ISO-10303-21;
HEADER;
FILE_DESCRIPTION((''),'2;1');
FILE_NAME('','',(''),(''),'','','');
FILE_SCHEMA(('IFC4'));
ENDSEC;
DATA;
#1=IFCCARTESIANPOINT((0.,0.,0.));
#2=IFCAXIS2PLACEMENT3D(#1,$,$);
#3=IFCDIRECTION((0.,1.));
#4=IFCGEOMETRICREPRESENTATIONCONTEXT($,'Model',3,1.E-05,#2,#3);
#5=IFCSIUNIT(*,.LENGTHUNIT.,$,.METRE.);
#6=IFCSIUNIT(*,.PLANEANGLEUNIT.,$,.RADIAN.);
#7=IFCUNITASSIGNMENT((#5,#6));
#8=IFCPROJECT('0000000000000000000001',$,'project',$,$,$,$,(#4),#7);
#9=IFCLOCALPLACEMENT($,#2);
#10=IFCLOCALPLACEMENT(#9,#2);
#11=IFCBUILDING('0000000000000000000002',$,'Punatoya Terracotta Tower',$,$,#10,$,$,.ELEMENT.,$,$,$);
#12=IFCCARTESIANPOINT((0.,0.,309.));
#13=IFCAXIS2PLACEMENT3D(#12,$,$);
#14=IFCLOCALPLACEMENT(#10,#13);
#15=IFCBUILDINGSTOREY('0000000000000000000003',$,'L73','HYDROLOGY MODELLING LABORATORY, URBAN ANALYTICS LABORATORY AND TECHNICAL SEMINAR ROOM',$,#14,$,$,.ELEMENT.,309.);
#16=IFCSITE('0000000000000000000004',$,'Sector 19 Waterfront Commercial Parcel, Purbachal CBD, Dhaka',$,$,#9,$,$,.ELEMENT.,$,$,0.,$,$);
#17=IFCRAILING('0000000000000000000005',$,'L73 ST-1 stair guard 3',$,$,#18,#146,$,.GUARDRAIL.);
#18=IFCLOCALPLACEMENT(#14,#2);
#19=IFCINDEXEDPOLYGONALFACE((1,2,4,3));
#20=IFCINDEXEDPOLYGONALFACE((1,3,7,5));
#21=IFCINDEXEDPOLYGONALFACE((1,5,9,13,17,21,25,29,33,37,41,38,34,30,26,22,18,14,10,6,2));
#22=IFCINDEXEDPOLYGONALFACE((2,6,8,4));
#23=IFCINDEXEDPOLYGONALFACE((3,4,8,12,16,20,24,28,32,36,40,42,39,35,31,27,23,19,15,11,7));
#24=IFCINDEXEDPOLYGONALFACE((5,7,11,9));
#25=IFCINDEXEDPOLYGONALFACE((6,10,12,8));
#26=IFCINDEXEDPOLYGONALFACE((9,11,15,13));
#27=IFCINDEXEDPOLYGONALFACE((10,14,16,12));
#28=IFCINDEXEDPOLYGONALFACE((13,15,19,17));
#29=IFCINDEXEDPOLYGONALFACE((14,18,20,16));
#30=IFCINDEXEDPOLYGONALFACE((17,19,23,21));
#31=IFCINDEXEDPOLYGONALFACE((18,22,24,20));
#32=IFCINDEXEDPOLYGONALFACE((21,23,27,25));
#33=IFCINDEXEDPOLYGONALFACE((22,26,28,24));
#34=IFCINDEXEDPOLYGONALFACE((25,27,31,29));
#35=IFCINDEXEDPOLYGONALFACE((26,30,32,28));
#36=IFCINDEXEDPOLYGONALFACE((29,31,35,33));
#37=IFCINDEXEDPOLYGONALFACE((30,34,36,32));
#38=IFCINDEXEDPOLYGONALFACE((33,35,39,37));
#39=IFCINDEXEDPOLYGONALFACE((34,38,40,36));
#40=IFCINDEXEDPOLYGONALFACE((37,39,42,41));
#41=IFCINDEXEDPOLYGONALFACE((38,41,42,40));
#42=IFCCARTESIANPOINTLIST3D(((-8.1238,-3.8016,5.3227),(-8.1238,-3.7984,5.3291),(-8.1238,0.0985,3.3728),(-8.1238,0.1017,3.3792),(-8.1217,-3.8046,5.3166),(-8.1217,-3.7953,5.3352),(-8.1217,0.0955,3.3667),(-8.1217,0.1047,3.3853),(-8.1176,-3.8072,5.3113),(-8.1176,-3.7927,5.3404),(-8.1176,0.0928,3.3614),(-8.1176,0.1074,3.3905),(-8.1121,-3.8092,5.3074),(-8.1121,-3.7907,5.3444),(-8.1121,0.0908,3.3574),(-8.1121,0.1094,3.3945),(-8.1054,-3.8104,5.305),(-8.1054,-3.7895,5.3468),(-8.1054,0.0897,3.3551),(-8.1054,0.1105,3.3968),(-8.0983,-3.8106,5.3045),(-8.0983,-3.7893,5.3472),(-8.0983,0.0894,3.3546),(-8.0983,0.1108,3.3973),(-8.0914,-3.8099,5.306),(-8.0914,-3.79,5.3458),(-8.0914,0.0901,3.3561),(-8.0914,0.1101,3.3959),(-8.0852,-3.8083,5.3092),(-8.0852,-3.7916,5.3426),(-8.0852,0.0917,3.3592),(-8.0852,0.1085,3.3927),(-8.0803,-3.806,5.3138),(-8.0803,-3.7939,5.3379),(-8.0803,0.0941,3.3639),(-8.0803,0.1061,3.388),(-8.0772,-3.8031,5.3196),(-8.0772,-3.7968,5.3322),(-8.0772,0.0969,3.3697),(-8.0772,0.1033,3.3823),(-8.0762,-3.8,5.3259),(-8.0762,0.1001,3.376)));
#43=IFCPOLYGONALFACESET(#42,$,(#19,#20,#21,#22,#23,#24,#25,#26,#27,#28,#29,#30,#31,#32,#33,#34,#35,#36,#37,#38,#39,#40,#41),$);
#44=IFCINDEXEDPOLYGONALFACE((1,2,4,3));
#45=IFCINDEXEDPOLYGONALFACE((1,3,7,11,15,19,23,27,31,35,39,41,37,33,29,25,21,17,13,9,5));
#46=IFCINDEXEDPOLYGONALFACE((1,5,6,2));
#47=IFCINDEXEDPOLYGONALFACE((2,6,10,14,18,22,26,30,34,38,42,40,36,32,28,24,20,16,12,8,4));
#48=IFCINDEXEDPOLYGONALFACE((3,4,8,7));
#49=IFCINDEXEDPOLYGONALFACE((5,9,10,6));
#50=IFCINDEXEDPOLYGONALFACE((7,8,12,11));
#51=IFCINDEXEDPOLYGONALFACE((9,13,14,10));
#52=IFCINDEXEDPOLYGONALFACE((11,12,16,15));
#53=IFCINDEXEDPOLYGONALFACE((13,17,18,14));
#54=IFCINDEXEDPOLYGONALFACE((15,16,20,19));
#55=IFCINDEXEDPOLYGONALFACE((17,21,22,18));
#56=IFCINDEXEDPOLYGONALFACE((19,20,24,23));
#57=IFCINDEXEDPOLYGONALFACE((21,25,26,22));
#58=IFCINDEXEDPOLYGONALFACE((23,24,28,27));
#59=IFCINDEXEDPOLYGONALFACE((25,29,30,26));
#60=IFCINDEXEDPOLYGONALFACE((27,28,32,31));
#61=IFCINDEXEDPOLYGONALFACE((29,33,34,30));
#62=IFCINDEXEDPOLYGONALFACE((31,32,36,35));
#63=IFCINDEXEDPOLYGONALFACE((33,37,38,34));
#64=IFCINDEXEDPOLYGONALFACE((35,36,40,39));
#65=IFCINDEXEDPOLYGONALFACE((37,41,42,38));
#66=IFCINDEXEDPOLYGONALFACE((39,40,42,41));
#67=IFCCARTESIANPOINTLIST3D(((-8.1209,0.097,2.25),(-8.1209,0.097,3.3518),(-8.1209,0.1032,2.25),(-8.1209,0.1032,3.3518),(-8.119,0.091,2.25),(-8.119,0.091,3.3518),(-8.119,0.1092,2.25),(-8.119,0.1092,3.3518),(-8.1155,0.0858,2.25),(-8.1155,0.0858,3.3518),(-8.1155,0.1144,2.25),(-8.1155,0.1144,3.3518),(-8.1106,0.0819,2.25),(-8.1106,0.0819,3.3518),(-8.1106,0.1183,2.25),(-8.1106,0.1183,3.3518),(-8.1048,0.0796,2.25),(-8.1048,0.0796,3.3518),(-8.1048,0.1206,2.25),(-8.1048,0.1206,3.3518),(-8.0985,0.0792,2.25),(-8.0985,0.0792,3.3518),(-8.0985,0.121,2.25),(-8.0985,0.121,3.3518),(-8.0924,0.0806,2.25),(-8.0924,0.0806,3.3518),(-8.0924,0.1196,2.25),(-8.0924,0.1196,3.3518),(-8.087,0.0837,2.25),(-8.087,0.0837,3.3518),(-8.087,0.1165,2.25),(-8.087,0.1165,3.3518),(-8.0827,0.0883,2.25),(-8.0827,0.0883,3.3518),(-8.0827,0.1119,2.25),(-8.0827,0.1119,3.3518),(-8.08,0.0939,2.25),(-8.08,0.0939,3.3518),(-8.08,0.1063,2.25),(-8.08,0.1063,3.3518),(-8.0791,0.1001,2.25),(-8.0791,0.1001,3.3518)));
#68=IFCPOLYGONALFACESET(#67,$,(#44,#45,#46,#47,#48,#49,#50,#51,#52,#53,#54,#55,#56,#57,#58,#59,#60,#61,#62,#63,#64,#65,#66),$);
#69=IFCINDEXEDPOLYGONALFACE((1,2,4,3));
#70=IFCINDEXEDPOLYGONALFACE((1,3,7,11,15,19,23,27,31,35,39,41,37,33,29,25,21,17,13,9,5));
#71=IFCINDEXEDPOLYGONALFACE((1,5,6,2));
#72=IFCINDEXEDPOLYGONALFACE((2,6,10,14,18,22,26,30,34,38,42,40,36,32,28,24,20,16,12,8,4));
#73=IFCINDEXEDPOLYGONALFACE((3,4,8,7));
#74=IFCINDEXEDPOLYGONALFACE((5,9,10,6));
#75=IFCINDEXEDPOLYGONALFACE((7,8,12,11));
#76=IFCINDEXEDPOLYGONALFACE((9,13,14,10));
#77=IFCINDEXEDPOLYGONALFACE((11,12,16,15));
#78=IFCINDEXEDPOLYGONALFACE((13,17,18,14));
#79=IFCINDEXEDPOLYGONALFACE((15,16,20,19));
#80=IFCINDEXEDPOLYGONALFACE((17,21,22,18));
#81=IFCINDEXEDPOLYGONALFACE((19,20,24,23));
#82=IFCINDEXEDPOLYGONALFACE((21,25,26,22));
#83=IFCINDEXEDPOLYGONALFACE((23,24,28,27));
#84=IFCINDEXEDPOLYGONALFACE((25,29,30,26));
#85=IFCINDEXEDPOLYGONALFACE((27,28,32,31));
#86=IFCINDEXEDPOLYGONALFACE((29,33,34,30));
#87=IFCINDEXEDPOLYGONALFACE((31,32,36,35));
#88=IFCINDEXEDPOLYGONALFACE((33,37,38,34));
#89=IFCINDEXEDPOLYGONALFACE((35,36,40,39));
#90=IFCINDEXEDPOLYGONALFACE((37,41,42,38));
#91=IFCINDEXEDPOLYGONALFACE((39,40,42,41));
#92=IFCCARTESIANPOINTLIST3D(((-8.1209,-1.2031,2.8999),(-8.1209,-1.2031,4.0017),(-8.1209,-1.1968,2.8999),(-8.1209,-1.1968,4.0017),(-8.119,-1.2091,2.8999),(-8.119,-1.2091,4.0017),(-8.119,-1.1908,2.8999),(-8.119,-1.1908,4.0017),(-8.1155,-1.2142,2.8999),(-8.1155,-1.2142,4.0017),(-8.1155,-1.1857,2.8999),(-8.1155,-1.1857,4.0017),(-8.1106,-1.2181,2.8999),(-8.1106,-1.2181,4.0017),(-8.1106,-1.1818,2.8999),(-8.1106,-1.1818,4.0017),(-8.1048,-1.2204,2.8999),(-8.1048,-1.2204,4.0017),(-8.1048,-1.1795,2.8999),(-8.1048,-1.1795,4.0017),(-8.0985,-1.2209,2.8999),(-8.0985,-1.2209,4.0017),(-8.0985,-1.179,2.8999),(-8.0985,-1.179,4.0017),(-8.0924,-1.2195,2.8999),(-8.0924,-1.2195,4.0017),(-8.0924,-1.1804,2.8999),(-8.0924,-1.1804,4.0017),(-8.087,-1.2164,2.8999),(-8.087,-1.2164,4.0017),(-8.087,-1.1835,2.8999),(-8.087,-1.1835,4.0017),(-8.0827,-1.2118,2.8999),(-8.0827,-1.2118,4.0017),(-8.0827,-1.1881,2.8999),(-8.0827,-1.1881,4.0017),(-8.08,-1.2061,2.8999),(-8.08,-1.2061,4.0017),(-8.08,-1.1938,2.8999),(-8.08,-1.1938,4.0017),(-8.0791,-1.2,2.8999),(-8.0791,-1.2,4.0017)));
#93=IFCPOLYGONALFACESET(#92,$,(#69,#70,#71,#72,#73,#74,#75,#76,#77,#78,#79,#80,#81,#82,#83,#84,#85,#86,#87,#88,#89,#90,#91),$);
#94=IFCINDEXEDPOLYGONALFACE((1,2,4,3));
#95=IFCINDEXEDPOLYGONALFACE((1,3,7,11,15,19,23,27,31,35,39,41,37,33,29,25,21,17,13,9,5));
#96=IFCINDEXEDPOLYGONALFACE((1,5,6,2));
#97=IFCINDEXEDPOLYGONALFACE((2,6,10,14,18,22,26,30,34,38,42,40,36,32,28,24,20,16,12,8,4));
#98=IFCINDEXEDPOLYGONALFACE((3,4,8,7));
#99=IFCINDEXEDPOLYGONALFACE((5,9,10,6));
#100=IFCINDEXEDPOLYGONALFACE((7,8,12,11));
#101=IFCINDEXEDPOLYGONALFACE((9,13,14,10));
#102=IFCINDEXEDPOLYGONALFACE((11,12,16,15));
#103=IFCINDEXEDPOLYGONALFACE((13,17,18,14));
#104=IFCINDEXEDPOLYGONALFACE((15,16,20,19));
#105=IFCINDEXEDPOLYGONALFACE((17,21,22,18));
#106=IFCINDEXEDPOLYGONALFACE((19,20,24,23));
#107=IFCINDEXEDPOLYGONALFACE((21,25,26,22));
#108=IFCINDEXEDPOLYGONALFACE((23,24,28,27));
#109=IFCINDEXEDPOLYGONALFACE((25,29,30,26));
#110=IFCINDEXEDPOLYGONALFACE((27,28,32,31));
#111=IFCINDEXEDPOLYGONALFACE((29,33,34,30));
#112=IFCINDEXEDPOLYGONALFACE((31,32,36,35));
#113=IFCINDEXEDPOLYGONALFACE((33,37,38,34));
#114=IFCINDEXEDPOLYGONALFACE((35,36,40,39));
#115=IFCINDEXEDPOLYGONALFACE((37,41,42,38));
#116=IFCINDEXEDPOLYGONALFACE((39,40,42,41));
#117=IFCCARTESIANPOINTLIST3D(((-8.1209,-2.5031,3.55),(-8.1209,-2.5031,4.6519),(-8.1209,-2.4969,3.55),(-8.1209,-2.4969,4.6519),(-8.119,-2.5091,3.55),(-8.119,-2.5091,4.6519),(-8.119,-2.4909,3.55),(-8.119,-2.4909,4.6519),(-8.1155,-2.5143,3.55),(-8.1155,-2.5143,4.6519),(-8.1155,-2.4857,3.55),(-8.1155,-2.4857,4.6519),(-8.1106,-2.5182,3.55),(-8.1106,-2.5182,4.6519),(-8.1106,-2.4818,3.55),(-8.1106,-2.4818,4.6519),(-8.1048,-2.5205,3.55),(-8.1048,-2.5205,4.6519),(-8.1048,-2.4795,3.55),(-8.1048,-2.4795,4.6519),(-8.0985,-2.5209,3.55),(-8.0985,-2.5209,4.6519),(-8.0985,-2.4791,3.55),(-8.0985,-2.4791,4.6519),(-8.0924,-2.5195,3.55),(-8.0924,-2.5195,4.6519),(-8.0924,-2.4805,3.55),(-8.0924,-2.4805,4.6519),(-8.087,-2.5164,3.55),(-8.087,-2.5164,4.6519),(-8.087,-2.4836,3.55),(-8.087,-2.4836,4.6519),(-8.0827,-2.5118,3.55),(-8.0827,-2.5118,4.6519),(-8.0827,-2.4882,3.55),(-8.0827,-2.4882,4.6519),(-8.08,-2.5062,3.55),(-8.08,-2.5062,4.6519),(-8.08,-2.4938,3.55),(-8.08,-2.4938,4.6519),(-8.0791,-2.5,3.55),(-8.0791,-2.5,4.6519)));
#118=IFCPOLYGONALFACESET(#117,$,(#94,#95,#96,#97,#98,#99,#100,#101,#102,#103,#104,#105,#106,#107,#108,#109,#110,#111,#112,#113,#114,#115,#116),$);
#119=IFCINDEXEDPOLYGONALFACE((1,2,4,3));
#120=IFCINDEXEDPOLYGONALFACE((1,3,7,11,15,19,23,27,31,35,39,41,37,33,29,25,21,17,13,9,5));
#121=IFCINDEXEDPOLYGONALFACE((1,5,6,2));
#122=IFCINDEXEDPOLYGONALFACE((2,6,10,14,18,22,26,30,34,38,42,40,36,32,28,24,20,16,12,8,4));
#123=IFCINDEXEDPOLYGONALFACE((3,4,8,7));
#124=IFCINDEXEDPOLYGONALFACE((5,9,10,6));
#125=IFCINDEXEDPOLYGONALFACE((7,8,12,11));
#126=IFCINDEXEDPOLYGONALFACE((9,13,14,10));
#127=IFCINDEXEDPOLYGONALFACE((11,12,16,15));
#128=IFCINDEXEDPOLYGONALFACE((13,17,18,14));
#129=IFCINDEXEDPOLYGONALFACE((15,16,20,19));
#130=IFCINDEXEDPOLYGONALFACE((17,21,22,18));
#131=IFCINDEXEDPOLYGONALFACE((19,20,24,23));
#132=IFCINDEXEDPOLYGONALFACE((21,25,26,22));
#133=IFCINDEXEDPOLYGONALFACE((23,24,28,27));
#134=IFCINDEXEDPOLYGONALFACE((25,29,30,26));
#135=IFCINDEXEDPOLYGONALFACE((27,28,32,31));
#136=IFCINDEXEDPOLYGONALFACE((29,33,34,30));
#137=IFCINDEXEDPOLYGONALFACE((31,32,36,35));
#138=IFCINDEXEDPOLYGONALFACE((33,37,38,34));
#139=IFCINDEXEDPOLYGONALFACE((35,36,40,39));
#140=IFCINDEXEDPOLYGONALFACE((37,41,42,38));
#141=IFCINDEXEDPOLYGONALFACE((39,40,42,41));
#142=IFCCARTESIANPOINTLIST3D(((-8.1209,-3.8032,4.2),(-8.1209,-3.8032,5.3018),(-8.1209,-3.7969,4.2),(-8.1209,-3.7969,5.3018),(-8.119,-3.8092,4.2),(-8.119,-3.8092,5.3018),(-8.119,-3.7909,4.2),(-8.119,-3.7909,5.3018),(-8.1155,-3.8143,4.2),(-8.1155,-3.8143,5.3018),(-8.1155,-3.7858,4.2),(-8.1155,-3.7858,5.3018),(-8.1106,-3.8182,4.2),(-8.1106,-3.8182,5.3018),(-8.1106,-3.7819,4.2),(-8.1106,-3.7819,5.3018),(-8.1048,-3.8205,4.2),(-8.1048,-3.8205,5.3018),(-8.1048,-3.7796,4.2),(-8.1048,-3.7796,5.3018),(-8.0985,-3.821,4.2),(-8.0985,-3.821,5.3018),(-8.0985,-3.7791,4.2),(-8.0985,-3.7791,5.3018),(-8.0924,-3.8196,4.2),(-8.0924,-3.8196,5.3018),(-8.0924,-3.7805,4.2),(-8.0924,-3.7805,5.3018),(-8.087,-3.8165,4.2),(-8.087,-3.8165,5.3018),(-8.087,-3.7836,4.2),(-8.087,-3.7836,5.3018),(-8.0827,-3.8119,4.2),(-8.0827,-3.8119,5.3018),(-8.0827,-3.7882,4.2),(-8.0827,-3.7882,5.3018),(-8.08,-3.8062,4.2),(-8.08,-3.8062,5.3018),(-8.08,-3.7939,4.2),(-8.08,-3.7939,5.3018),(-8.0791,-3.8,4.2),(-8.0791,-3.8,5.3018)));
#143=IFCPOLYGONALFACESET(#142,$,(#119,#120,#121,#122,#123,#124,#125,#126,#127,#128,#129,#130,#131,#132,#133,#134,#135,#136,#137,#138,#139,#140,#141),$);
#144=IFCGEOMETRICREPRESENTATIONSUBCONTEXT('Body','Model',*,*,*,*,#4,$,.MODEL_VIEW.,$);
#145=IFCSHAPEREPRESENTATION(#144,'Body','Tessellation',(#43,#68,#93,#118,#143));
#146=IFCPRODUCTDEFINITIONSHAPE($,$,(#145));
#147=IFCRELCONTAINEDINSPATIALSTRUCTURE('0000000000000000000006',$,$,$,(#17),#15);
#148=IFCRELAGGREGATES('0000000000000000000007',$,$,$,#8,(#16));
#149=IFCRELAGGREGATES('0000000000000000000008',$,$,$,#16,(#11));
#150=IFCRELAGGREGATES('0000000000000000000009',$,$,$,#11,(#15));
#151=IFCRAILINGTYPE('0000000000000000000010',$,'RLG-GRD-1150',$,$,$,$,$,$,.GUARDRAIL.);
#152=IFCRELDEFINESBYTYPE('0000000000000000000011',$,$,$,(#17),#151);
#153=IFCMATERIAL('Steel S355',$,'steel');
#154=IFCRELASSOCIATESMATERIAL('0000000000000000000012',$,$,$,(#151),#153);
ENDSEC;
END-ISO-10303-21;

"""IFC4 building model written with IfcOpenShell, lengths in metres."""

from ifc_helpers import new_model, si_unit, direction, frame, origin, origin_2d, place, context, subcontext, project, spatial, circle, extrude, material, type_object, element, save


model = new_model("IFC4")

# Units and contexts
model_context = context("Model", 3, precision=1e-05, world=origin(), true_north=direction((0.0, 1.0)))
body_context = subcontext(model_context, "Body", "Model", "MODEL_VIEW")
ifc_project = project(units=[si_unit("LENGTHUNIT", "METRE"), si_unit("PLANEANGLEUNIT", "RADIAN")], contexts=[model_context])

# Site, building, storey
site_placement = place(None, origin())
site = spatial("IfcSite", under=ifc_project, at=site_placement, Name="Sector 19 Waterfront Commercial Parcel, Purbachal CBD, Dhaka", CompositionType="ELEMENT", RefElevation=0.0)
building_placement = place(site_placement, origin())
building = spatial("IfcBuilding", under=site, at=building_placement, Name="Punatoya Terracotta Tower", CompositionType="ELEMENT")
storey_placement = place(building_placement, frame((0.0, 0.0, 309.0)))
storey = spatial("IfcBuildingStorey", under=building, at=storey_placement, Name="L73", Description="HYDROLOGY MODELLING LABORATORY, URBAN ANALYTICS LABORATORY AND TECHNICAL SEMINAR ROOM", CompositionType="ELEMENT", Elevation=309.0)

# Shared definitions
ifc_material_1 = material(Name="Steel S355", Category="steel")

# Railing
railing_type_1 = type_object("IfcRailingType", Name="RLG-GRD-1150", PredefinedType="GUARDRAIL", material=ifc_material_1)
railing_1_placement = place(storey_placement, frame((-8.1001, 0.1001, 2.25)))
element("IfcRailing", 1, at=railing_1_placement, inside=storey, type_object=railing_type_1, Name="L73 ST-1 stair guard 3", PredefinedType="GUARDRAIL", context=body_context, shape_type="SweptSolid", body=[
    extrude(circle(Radius=0.0239, at=origin_2d()), frame((0.0, 0.0, 1.126), z_axis=(0.0, -0.894438, 0.447191), x_axis=(1.0, 0.0, 0.0)), (0.0, 0.0, 1.0), 4.3604),
    extrude(circle(Radius=0.021, at=origin_2d()), origin(), (0.0, 0.0, 1.0), 1.1018),
    extrude(circle(Radius=0.021, at=origin_2d()), frame((0.0, -1.3, 0.6499)), (0.0, 0.0, 1.0), 1.1018),
    extrude(circle(Radius=0.021, at=origin_2d()), frame((0.0, -2.6001, 1.3)), (0.0, 0.0, 1.0), 1.1018),
    extrude(circle(Radius=0.021, at=origin_2d()), frame((0.0, -3.9001, 1.95)), (0.0, 0.0, 1.0), 1.1018),
])

save(model, "model.ifc")
